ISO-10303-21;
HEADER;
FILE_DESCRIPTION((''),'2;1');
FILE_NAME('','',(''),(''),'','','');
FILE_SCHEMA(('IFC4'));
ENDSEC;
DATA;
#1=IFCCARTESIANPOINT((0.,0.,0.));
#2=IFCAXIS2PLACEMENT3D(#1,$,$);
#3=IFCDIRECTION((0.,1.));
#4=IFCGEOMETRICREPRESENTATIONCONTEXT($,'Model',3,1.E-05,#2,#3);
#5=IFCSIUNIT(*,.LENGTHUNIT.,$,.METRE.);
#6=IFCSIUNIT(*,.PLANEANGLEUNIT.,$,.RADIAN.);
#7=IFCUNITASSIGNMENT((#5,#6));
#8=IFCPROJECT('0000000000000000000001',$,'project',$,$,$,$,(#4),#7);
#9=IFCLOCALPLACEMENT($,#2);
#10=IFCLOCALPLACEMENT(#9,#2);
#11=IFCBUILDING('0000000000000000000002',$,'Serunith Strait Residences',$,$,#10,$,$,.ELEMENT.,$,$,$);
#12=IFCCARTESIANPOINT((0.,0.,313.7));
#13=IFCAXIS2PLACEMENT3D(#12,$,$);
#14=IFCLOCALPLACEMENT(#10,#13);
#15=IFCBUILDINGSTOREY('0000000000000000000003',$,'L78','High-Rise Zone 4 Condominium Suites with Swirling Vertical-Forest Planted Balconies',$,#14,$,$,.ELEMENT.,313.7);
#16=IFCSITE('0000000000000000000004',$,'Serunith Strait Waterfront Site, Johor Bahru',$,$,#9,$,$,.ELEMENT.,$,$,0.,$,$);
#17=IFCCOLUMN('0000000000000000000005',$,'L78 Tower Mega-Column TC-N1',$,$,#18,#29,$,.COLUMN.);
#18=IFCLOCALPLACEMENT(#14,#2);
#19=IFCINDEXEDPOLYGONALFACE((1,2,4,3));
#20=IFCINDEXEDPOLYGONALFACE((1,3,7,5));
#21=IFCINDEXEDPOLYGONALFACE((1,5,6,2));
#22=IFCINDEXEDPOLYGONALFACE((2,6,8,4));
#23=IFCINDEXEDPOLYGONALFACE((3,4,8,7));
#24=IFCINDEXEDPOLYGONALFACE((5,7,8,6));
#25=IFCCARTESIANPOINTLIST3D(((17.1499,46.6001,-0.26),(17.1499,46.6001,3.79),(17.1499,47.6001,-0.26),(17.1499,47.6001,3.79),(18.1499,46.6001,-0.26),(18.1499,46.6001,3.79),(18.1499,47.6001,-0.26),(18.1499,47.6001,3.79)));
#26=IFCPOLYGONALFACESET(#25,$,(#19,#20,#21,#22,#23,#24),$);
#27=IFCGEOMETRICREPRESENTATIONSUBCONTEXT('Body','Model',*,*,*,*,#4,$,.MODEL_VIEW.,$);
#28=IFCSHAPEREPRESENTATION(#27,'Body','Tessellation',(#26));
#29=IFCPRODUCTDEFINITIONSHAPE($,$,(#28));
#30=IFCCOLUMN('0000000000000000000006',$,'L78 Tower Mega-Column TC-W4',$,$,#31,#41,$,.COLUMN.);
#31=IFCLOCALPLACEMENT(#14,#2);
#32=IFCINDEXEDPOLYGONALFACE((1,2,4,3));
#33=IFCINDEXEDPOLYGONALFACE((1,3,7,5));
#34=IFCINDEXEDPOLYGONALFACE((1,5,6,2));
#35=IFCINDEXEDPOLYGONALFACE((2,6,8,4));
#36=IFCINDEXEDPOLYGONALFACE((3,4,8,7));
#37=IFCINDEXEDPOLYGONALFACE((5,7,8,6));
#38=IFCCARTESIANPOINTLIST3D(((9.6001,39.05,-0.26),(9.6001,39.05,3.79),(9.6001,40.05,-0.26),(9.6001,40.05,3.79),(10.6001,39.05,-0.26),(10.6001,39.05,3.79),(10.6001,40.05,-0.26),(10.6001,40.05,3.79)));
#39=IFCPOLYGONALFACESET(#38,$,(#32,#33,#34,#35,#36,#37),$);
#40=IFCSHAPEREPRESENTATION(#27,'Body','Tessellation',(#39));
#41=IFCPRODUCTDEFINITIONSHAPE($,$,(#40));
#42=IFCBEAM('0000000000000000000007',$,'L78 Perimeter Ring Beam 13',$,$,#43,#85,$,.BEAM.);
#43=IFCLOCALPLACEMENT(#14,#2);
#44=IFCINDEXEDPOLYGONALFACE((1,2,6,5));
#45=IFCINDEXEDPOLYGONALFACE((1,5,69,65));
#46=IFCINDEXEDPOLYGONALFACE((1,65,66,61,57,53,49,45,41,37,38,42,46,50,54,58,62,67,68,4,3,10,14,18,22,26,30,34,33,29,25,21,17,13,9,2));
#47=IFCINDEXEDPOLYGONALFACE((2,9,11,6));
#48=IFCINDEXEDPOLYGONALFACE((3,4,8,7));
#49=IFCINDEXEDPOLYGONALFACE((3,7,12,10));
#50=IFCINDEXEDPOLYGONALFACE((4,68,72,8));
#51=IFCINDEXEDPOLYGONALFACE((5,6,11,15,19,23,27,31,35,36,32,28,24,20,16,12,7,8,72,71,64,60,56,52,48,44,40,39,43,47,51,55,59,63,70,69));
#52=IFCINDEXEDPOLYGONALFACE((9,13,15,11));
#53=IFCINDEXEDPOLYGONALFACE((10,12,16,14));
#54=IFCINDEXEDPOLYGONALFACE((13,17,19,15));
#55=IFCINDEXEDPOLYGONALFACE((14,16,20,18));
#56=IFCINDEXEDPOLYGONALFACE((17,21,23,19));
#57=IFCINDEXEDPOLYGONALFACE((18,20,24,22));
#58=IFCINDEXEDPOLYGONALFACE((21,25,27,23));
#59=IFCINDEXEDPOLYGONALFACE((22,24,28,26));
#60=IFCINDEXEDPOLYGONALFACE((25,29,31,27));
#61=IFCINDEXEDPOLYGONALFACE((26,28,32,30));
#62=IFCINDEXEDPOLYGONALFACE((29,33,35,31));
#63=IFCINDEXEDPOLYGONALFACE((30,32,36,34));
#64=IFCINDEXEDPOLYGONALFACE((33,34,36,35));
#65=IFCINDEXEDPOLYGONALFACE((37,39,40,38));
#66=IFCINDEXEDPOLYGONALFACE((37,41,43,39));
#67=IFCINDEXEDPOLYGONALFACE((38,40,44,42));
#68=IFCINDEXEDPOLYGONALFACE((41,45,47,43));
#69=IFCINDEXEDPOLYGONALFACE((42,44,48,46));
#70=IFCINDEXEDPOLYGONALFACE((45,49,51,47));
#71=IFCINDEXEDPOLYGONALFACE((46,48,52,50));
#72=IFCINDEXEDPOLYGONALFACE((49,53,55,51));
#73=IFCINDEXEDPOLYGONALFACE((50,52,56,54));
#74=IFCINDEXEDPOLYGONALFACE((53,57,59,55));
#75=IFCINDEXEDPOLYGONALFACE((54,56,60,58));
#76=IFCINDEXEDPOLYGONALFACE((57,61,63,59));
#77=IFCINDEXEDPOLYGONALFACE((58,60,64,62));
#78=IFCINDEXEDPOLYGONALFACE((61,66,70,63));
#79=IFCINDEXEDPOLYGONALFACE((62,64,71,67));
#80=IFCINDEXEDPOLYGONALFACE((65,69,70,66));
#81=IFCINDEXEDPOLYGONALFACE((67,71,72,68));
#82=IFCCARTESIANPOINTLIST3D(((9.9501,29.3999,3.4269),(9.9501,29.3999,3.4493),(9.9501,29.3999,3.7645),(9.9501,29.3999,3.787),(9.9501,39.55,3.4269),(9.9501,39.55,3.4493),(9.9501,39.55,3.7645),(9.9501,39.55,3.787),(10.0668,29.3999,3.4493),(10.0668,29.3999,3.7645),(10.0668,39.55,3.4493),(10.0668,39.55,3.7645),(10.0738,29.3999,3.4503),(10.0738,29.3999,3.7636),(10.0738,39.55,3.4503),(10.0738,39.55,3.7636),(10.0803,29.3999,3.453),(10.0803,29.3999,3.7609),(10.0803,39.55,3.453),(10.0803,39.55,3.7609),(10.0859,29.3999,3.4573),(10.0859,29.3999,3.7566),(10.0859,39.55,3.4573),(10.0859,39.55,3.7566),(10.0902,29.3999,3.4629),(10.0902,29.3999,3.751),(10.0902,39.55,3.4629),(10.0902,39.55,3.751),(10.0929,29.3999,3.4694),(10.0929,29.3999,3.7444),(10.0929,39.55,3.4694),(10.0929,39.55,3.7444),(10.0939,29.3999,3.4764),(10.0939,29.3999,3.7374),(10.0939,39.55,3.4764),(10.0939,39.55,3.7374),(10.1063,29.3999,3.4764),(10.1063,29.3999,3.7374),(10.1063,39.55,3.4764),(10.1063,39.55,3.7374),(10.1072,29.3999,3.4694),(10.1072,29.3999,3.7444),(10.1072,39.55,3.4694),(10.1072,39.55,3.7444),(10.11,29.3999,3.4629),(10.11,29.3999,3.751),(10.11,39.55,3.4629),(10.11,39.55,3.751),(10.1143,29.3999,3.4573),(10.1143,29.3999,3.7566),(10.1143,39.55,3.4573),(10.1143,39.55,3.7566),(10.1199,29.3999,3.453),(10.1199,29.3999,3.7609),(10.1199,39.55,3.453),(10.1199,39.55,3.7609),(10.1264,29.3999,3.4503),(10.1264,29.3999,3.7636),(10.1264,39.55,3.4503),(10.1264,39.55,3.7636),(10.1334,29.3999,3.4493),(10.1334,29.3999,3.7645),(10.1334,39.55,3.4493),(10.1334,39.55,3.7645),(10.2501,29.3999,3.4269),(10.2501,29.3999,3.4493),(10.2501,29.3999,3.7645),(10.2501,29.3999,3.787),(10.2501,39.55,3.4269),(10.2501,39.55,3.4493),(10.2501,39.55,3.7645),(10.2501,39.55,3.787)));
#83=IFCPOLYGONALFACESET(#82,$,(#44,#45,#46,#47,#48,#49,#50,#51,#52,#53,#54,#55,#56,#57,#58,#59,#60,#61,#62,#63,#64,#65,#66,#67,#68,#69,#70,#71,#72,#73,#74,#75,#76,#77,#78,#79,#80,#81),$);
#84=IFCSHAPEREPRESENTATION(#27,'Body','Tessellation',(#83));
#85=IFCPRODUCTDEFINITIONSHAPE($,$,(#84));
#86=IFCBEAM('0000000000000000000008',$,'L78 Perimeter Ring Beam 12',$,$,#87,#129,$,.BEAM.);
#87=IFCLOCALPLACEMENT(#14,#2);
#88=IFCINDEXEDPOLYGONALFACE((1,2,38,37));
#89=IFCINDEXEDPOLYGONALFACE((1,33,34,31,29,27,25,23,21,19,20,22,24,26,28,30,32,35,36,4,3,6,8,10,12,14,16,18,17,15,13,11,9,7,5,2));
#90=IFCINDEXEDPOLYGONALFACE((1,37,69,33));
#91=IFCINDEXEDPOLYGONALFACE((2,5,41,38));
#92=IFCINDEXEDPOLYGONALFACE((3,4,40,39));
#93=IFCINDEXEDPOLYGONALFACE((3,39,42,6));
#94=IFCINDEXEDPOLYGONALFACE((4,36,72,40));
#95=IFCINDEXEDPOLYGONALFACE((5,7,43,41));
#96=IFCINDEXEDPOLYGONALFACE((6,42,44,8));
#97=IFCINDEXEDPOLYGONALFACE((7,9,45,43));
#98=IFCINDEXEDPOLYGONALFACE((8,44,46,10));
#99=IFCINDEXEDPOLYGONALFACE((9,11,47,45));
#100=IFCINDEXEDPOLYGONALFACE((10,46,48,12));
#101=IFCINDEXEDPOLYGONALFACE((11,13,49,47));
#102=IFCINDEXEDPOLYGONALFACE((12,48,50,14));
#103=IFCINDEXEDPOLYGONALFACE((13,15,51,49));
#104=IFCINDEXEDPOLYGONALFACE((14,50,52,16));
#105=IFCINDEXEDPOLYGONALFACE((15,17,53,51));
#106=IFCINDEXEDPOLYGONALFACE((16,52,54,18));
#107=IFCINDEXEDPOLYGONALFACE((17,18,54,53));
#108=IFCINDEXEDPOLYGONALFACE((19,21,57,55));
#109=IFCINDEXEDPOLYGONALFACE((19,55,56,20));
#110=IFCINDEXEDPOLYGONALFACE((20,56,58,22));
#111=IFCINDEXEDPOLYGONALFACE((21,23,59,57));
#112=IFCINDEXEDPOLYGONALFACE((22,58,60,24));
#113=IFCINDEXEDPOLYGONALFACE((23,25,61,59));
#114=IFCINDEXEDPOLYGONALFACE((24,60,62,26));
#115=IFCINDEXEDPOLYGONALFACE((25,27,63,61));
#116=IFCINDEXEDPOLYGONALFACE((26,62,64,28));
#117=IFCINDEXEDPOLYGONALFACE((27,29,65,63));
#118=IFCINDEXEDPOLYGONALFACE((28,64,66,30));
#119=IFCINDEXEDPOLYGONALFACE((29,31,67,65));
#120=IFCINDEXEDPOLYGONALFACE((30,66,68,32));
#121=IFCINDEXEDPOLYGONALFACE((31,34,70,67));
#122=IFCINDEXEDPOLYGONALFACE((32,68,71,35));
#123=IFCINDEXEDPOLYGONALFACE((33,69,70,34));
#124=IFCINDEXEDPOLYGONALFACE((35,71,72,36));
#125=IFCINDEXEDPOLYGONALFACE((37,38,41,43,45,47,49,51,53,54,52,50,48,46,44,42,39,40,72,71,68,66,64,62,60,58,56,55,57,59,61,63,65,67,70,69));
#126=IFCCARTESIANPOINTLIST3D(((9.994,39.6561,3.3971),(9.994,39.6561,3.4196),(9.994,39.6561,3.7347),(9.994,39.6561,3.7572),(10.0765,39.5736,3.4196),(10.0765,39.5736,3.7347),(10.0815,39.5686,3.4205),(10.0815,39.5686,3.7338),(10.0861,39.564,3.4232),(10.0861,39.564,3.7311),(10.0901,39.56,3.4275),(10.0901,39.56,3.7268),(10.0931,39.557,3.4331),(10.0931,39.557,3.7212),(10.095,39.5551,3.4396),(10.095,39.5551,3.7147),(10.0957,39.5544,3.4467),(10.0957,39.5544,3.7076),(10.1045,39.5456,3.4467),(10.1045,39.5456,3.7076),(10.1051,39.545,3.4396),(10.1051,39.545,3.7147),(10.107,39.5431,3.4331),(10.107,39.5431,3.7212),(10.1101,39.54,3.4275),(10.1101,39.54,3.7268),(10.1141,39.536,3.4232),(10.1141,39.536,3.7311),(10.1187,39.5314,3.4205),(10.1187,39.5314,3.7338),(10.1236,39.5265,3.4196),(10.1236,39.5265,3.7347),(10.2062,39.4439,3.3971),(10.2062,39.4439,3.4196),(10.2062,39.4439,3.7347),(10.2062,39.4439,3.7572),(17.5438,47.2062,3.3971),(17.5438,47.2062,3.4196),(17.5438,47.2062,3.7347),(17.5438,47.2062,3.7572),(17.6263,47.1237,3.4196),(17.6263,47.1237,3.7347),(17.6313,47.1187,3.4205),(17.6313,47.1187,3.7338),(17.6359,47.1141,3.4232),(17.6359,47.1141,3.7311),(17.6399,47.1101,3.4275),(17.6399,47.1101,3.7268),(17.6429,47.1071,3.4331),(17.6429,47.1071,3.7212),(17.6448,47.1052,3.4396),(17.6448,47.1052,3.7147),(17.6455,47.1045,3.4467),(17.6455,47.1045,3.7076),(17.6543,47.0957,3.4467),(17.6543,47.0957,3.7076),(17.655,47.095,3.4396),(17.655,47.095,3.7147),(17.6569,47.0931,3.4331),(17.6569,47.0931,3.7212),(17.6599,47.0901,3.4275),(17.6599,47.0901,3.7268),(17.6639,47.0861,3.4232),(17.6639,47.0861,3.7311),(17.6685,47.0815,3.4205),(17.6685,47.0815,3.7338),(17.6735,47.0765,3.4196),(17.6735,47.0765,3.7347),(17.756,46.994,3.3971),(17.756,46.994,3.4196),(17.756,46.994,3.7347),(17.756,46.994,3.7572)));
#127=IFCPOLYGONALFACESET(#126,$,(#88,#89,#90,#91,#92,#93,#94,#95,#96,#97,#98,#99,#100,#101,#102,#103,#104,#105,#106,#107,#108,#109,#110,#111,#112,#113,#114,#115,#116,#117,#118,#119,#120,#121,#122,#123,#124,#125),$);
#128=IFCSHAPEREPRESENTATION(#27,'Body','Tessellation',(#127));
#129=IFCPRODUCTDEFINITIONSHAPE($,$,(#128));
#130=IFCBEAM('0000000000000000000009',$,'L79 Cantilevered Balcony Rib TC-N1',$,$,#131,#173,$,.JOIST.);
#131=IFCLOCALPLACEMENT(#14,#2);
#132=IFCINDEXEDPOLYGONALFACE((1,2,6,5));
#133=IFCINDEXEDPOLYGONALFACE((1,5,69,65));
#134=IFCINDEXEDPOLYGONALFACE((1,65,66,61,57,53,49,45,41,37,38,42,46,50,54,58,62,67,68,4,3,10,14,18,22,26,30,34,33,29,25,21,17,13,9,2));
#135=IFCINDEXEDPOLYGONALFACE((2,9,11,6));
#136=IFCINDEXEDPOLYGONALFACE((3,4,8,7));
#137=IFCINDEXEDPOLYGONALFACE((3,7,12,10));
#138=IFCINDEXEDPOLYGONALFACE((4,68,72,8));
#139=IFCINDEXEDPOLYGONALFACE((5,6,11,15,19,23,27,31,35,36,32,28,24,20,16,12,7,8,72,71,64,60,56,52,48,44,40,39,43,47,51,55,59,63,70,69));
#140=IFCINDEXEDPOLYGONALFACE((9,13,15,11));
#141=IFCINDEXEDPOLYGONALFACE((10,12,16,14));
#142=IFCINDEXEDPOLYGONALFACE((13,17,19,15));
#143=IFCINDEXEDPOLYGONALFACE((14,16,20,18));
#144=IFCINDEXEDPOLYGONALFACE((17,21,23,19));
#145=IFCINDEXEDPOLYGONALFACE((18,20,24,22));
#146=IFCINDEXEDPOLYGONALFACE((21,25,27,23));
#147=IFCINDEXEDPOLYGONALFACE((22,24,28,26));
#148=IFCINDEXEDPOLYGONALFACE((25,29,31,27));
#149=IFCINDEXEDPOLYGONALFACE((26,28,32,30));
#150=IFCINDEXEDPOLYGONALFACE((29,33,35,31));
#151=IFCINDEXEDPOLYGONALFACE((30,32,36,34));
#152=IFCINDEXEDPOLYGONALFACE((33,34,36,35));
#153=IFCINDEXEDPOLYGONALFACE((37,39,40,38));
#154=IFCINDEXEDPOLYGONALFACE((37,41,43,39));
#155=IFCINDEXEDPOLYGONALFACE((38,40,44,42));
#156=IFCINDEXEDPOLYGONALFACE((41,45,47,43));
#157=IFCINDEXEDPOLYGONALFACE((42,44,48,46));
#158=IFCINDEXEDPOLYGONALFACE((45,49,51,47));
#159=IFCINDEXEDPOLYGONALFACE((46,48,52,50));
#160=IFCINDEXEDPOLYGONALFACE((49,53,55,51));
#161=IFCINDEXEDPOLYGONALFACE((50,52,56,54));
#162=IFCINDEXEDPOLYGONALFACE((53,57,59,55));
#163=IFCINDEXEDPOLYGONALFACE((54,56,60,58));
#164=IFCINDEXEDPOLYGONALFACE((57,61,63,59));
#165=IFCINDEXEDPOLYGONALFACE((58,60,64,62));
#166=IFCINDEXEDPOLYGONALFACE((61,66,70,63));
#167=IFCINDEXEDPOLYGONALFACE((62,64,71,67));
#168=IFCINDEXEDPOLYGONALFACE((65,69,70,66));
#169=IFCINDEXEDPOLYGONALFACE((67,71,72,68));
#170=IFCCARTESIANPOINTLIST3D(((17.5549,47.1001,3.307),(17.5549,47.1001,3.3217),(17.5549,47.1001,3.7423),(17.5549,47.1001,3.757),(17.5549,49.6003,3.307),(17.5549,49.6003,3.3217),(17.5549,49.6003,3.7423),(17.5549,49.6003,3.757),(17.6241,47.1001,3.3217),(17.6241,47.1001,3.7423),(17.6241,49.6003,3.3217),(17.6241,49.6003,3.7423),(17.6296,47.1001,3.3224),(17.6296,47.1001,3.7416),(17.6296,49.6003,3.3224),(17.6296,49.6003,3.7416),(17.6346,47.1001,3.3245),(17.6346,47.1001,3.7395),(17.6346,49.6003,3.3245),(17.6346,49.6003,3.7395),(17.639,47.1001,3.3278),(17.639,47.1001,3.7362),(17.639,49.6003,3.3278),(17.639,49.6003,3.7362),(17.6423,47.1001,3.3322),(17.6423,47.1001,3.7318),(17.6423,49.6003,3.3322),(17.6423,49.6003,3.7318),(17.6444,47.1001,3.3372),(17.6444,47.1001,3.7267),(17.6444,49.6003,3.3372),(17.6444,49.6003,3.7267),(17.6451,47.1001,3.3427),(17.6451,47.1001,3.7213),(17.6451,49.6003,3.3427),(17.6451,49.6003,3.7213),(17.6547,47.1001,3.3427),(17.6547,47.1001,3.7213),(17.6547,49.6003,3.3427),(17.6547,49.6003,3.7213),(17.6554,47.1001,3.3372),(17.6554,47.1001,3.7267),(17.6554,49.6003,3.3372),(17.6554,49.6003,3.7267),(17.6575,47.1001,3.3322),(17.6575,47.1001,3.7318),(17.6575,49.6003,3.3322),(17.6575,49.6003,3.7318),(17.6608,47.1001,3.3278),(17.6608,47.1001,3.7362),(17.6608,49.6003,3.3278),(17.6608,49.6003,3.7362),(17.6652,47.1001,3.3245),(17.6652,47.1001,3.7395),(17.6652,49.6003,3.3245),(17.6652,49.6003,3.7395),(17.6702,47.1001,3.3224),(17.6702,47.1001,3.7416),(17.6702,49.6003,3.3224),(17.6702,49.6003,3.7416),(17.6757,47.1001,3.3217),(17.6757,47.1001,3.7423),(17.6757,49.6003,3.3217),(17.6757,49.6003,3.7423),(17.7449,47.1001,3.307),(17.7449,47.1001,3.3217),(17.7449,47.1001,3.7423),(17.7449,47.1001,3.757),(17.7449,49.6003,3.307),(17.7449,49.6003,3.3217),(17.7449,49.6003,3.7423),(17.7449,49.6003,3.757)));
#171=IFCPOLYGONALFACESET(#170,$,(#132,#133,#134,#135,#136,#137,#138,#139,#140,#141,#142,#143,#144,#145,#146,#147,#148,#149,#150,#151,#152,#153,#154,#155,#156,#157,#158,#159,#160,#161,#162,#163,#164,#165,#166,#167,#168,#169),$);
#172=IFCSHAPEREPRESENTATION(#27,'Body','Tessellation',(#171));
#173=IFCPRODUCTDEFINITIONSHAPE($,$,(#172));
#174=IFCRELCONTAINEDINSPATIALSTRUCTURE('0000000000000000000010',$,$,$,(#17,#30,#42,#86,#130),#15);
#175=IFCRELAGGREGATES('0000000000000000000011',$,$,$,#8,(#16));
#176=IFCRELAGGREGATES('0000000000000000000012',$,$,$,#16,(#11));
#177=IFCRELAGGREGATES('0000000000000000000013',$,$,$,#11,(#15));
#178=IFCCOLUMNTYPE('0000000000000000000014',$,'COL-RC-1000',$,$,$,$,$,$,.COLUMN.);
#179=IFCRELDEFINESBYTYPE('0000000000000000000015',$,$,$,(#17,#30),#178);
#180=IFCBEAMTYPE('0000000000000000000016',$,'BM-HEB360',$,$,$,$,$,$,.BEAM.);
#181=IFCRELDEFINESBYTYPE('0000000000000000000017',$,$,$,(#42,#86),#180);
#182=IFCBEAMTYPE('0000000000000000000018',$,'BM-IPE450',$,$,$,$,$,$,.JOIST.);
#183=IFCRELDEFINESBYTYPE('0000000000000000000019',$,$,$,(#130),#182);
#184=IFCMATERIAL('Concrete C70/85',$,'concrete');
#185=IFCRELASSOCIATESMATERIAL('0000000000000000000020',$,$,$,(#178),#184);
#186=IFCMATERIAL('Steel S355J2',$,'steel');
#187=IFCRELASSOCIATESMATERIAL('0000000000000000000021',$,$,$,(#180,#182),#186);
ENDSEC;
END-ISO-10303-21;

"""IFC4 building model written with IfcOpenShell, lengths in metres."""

from ifc_helpers import new_model, si_unit, direction, frame, origin, origin_2d, place, context, subcontext, project, spatial, rectangle, i_section, extrude, source, transform, mapped, material, material_profile, profile_set, type_object, element, save


model = new_model("IFC4")

# Units and contexts
model_context = context("Model", 3, precision=1e-05, world=origin(), true_north=direction((0.0, 1.0)))
body_context = subcontext(model_context, "Body", "Model", "MODEL_VIEW")
ifc_project = project(units=[si_unit("LENGTHUNIT", "METRE"), si_unit("PLANEANGLEUNIT", "RADIAN")], contexts=[model_context])

# Site, building, storey
site_placement = place(None, origin())
site = spatial("IfcSite", under=ifc_project, at=site_placement, Name="Serunith Strait Waterfront Site, Johor Bahru", CompositionType="ELEMENT", RefElevation=0.0)
building_placement = place(site_placement, origin())
building = spatial("IfcBuilding", under=site, at=building_placement, Name="Serunith Strait Residences", CompositionType="ELEMENT")
storey_placement = place(building_placement, frame((0.0, 0.0, 313.7)))
storey = spatial("IfcBuildingStorey", under=building, at=storey_placement, Name="L78", Description="High-Rise Zone 4 Condominium Suites with Swirling Vertical-Forest Planted Balconies", CompositionType="ELEMENT", Elevation=313.7)

# Columns
ifc_material_1 = material(Name="Concrete C70/85", Category="concrete")
ifc_material_profile_1 = material_profile(ifc_material_1, rectangle(XDim=1.0, YDim=1.0, at=origin_2d()), Name="RC 1000x1000")
ifc_profile_set_1 = profile_set([ifc_material_profile_1], Name="Concrete C70/85")
column_type = type_object("IfcColumnType", Name="COL-RC-1000", PredefinedType="COLUMN", material=ifc_profile_set_1)
shared_shape_1 = source(origin(), body_context, "Body", "SweptSolid", [
    extrude(rectangle(XDim=1.0, YDim=1.0, at=origin_2d()), origin(), (0.0, 0.0, 1.0), 4.05),
])
for number, where, z_axis, x_axis, name in (
    (1, (17.6499, 47.1001, -0.26), (0.0, 0.0, 1.0), (1.0, 0.0, 0.0), "L78 Tower Mega-Column TC-N1"),
    (2, (10.1001, 39.55, -0.26), (0.0, 0.0, 1.0), (1.0, 0.0, 0.0), "L78 Tower Mega-Column TC-W4"),
):
    element("IfcColumn", number, at=place(storey_placement, frame(where, z_axis=z_axis, x_axis=x_axis)), inside=storey, type_object=column_type, Name=name, PredefinedType="COLUMN", context=body_context, shape_type="MappedRepresentation", body=[
        mapped(shared_shape_1, transform((0.0, 0.0, 0.0), scale=1.0)),
    ])

# Beams
ifc_material_2 = material(Name="Steel S355J2", Category="steel")
ifc_material_profile_2 = material_profile(ifc_material_2, i_section(OverallWidth=0.3, OverallDepth=0.3601, WebThickness=0.0125, FlangeThickness=0.0225, FilletRadius=0.0271, at=origin_2d()), Name="HEB 360")
ifc_profile_set_2 = profile_set([ifc_material_profile_2], Name="Steel S355J2")
beam_type_1 = type_object("IfcBeamType", Name="BM-HEB360", PredefinedType="BEAM", material=ifc_profile_set_2)
shared_shape_2 = source(origin(), body_context, "Body", "SweptSolid", [
    extrude(i_section(OverallWidth=0.3, OverallDepth=0.3601, WebThickness=0.0125, FlangeThickness=0.0225, FilletRadius=0.0271, at=origin_2d()), origin(), (0.0, 0.0, 1.0), 10.1501),
])
beam_1_placement = place(storey_placement, frame((10.1001, 39.55, 3.6069), z_axis=(0.0, -1.0, 0.0), x_axis=(1.0, 0.0, 0.0)))
element("IfcBeam", 3, at=beam_1_placement, inside=storey, type_object=beam_type_1, Name="L78 Perimeter Ring Beam 13", PredefinedType="BEAM", context=body_context, shape_type="MappedRepresentation", body=[
    mapped(shared_shape_2, transform((0.0, 0.0, 0.0), scale=1.0)),
])
shared_shape_3 = source(origin(), body_context, "Body", "SweptSolid", [
    extrude(i_section(OverallWidth=0.3, OverallDepth=0.3601, WebThickness=0.0125, FlangeThickness=0.0225, FilletRadius=0.0271, at=origin_2d()), origin(), (0.0, 0.0, 1.0), 10.6772),
])
beam_2_placement = place(storey_placement, frame((17.6499, 47.1001, 3.5771), z_axis=(-0.707095, -0.707118, 0.0), x_axis=(0.707118, -0.707095, 0.0)))
element("IfcBeam", 4, at=beam_2_placement, inside=storey, type_object=beam_type_1, Name="L78 Perimeter Ring Beam 12", PredefinedType="BEAM", context=body_context, shape_type="MappedRepresentation", body=[
    mapped(shared_shape_3, transform((0.0, 0.0, 0.0), scale=1.0)),
])
ifc_material_profile_3 = material_profile(ifc_material_2, i_section(OverallWidth=0.1899, OverallDepth=0.45, WebThickness=0.0095, FlangeThickness=0.0146, FilletRadius=0.021, at=origin_2d()), Name="IPE 450")
ifc_profile_set_3 = profile_set([ifc_material_profile_3], Name="Steel S355J2")
beam_type_2 = type_object("IfcBeamType", Name="BM-IPE450", PredefinedType="JOIST", material=ifc_profile_set_3)
shared_shape_4 = source(origin(), body_context, "Body", "SweptSolid", [
    extrude(i_section(OverallWidth=0.1899, OverallDepth=0.45, WebThickness=0.0095, FlangeThickness=0.0146, FilletRadius=0.021, at=origin_2d()), origin(), (0.0, 0.0, 1.0), 2.5002),
])
beam_3_placement = place(storey_placement, frame((17.6499, 47.1001, 3.532), z_axis=(0.0, 1.0, 0.0), x_axis=(-1.0, 0.0, 0.0)))
element("IfcBeam", 5, at=beam_3_placement, inside=storey, type_object=beam_type_2, Name="L79 Cantilevered Balcony Rib TC-N1", PredefinedType="JOIST", context=body_context, shape_type="MappedRepresentation", body=[
    mapped(shared_shape_4, transform((0.0, 0.0, 0.0), scale=1.0)),
])

save(model, "model.ifc")
